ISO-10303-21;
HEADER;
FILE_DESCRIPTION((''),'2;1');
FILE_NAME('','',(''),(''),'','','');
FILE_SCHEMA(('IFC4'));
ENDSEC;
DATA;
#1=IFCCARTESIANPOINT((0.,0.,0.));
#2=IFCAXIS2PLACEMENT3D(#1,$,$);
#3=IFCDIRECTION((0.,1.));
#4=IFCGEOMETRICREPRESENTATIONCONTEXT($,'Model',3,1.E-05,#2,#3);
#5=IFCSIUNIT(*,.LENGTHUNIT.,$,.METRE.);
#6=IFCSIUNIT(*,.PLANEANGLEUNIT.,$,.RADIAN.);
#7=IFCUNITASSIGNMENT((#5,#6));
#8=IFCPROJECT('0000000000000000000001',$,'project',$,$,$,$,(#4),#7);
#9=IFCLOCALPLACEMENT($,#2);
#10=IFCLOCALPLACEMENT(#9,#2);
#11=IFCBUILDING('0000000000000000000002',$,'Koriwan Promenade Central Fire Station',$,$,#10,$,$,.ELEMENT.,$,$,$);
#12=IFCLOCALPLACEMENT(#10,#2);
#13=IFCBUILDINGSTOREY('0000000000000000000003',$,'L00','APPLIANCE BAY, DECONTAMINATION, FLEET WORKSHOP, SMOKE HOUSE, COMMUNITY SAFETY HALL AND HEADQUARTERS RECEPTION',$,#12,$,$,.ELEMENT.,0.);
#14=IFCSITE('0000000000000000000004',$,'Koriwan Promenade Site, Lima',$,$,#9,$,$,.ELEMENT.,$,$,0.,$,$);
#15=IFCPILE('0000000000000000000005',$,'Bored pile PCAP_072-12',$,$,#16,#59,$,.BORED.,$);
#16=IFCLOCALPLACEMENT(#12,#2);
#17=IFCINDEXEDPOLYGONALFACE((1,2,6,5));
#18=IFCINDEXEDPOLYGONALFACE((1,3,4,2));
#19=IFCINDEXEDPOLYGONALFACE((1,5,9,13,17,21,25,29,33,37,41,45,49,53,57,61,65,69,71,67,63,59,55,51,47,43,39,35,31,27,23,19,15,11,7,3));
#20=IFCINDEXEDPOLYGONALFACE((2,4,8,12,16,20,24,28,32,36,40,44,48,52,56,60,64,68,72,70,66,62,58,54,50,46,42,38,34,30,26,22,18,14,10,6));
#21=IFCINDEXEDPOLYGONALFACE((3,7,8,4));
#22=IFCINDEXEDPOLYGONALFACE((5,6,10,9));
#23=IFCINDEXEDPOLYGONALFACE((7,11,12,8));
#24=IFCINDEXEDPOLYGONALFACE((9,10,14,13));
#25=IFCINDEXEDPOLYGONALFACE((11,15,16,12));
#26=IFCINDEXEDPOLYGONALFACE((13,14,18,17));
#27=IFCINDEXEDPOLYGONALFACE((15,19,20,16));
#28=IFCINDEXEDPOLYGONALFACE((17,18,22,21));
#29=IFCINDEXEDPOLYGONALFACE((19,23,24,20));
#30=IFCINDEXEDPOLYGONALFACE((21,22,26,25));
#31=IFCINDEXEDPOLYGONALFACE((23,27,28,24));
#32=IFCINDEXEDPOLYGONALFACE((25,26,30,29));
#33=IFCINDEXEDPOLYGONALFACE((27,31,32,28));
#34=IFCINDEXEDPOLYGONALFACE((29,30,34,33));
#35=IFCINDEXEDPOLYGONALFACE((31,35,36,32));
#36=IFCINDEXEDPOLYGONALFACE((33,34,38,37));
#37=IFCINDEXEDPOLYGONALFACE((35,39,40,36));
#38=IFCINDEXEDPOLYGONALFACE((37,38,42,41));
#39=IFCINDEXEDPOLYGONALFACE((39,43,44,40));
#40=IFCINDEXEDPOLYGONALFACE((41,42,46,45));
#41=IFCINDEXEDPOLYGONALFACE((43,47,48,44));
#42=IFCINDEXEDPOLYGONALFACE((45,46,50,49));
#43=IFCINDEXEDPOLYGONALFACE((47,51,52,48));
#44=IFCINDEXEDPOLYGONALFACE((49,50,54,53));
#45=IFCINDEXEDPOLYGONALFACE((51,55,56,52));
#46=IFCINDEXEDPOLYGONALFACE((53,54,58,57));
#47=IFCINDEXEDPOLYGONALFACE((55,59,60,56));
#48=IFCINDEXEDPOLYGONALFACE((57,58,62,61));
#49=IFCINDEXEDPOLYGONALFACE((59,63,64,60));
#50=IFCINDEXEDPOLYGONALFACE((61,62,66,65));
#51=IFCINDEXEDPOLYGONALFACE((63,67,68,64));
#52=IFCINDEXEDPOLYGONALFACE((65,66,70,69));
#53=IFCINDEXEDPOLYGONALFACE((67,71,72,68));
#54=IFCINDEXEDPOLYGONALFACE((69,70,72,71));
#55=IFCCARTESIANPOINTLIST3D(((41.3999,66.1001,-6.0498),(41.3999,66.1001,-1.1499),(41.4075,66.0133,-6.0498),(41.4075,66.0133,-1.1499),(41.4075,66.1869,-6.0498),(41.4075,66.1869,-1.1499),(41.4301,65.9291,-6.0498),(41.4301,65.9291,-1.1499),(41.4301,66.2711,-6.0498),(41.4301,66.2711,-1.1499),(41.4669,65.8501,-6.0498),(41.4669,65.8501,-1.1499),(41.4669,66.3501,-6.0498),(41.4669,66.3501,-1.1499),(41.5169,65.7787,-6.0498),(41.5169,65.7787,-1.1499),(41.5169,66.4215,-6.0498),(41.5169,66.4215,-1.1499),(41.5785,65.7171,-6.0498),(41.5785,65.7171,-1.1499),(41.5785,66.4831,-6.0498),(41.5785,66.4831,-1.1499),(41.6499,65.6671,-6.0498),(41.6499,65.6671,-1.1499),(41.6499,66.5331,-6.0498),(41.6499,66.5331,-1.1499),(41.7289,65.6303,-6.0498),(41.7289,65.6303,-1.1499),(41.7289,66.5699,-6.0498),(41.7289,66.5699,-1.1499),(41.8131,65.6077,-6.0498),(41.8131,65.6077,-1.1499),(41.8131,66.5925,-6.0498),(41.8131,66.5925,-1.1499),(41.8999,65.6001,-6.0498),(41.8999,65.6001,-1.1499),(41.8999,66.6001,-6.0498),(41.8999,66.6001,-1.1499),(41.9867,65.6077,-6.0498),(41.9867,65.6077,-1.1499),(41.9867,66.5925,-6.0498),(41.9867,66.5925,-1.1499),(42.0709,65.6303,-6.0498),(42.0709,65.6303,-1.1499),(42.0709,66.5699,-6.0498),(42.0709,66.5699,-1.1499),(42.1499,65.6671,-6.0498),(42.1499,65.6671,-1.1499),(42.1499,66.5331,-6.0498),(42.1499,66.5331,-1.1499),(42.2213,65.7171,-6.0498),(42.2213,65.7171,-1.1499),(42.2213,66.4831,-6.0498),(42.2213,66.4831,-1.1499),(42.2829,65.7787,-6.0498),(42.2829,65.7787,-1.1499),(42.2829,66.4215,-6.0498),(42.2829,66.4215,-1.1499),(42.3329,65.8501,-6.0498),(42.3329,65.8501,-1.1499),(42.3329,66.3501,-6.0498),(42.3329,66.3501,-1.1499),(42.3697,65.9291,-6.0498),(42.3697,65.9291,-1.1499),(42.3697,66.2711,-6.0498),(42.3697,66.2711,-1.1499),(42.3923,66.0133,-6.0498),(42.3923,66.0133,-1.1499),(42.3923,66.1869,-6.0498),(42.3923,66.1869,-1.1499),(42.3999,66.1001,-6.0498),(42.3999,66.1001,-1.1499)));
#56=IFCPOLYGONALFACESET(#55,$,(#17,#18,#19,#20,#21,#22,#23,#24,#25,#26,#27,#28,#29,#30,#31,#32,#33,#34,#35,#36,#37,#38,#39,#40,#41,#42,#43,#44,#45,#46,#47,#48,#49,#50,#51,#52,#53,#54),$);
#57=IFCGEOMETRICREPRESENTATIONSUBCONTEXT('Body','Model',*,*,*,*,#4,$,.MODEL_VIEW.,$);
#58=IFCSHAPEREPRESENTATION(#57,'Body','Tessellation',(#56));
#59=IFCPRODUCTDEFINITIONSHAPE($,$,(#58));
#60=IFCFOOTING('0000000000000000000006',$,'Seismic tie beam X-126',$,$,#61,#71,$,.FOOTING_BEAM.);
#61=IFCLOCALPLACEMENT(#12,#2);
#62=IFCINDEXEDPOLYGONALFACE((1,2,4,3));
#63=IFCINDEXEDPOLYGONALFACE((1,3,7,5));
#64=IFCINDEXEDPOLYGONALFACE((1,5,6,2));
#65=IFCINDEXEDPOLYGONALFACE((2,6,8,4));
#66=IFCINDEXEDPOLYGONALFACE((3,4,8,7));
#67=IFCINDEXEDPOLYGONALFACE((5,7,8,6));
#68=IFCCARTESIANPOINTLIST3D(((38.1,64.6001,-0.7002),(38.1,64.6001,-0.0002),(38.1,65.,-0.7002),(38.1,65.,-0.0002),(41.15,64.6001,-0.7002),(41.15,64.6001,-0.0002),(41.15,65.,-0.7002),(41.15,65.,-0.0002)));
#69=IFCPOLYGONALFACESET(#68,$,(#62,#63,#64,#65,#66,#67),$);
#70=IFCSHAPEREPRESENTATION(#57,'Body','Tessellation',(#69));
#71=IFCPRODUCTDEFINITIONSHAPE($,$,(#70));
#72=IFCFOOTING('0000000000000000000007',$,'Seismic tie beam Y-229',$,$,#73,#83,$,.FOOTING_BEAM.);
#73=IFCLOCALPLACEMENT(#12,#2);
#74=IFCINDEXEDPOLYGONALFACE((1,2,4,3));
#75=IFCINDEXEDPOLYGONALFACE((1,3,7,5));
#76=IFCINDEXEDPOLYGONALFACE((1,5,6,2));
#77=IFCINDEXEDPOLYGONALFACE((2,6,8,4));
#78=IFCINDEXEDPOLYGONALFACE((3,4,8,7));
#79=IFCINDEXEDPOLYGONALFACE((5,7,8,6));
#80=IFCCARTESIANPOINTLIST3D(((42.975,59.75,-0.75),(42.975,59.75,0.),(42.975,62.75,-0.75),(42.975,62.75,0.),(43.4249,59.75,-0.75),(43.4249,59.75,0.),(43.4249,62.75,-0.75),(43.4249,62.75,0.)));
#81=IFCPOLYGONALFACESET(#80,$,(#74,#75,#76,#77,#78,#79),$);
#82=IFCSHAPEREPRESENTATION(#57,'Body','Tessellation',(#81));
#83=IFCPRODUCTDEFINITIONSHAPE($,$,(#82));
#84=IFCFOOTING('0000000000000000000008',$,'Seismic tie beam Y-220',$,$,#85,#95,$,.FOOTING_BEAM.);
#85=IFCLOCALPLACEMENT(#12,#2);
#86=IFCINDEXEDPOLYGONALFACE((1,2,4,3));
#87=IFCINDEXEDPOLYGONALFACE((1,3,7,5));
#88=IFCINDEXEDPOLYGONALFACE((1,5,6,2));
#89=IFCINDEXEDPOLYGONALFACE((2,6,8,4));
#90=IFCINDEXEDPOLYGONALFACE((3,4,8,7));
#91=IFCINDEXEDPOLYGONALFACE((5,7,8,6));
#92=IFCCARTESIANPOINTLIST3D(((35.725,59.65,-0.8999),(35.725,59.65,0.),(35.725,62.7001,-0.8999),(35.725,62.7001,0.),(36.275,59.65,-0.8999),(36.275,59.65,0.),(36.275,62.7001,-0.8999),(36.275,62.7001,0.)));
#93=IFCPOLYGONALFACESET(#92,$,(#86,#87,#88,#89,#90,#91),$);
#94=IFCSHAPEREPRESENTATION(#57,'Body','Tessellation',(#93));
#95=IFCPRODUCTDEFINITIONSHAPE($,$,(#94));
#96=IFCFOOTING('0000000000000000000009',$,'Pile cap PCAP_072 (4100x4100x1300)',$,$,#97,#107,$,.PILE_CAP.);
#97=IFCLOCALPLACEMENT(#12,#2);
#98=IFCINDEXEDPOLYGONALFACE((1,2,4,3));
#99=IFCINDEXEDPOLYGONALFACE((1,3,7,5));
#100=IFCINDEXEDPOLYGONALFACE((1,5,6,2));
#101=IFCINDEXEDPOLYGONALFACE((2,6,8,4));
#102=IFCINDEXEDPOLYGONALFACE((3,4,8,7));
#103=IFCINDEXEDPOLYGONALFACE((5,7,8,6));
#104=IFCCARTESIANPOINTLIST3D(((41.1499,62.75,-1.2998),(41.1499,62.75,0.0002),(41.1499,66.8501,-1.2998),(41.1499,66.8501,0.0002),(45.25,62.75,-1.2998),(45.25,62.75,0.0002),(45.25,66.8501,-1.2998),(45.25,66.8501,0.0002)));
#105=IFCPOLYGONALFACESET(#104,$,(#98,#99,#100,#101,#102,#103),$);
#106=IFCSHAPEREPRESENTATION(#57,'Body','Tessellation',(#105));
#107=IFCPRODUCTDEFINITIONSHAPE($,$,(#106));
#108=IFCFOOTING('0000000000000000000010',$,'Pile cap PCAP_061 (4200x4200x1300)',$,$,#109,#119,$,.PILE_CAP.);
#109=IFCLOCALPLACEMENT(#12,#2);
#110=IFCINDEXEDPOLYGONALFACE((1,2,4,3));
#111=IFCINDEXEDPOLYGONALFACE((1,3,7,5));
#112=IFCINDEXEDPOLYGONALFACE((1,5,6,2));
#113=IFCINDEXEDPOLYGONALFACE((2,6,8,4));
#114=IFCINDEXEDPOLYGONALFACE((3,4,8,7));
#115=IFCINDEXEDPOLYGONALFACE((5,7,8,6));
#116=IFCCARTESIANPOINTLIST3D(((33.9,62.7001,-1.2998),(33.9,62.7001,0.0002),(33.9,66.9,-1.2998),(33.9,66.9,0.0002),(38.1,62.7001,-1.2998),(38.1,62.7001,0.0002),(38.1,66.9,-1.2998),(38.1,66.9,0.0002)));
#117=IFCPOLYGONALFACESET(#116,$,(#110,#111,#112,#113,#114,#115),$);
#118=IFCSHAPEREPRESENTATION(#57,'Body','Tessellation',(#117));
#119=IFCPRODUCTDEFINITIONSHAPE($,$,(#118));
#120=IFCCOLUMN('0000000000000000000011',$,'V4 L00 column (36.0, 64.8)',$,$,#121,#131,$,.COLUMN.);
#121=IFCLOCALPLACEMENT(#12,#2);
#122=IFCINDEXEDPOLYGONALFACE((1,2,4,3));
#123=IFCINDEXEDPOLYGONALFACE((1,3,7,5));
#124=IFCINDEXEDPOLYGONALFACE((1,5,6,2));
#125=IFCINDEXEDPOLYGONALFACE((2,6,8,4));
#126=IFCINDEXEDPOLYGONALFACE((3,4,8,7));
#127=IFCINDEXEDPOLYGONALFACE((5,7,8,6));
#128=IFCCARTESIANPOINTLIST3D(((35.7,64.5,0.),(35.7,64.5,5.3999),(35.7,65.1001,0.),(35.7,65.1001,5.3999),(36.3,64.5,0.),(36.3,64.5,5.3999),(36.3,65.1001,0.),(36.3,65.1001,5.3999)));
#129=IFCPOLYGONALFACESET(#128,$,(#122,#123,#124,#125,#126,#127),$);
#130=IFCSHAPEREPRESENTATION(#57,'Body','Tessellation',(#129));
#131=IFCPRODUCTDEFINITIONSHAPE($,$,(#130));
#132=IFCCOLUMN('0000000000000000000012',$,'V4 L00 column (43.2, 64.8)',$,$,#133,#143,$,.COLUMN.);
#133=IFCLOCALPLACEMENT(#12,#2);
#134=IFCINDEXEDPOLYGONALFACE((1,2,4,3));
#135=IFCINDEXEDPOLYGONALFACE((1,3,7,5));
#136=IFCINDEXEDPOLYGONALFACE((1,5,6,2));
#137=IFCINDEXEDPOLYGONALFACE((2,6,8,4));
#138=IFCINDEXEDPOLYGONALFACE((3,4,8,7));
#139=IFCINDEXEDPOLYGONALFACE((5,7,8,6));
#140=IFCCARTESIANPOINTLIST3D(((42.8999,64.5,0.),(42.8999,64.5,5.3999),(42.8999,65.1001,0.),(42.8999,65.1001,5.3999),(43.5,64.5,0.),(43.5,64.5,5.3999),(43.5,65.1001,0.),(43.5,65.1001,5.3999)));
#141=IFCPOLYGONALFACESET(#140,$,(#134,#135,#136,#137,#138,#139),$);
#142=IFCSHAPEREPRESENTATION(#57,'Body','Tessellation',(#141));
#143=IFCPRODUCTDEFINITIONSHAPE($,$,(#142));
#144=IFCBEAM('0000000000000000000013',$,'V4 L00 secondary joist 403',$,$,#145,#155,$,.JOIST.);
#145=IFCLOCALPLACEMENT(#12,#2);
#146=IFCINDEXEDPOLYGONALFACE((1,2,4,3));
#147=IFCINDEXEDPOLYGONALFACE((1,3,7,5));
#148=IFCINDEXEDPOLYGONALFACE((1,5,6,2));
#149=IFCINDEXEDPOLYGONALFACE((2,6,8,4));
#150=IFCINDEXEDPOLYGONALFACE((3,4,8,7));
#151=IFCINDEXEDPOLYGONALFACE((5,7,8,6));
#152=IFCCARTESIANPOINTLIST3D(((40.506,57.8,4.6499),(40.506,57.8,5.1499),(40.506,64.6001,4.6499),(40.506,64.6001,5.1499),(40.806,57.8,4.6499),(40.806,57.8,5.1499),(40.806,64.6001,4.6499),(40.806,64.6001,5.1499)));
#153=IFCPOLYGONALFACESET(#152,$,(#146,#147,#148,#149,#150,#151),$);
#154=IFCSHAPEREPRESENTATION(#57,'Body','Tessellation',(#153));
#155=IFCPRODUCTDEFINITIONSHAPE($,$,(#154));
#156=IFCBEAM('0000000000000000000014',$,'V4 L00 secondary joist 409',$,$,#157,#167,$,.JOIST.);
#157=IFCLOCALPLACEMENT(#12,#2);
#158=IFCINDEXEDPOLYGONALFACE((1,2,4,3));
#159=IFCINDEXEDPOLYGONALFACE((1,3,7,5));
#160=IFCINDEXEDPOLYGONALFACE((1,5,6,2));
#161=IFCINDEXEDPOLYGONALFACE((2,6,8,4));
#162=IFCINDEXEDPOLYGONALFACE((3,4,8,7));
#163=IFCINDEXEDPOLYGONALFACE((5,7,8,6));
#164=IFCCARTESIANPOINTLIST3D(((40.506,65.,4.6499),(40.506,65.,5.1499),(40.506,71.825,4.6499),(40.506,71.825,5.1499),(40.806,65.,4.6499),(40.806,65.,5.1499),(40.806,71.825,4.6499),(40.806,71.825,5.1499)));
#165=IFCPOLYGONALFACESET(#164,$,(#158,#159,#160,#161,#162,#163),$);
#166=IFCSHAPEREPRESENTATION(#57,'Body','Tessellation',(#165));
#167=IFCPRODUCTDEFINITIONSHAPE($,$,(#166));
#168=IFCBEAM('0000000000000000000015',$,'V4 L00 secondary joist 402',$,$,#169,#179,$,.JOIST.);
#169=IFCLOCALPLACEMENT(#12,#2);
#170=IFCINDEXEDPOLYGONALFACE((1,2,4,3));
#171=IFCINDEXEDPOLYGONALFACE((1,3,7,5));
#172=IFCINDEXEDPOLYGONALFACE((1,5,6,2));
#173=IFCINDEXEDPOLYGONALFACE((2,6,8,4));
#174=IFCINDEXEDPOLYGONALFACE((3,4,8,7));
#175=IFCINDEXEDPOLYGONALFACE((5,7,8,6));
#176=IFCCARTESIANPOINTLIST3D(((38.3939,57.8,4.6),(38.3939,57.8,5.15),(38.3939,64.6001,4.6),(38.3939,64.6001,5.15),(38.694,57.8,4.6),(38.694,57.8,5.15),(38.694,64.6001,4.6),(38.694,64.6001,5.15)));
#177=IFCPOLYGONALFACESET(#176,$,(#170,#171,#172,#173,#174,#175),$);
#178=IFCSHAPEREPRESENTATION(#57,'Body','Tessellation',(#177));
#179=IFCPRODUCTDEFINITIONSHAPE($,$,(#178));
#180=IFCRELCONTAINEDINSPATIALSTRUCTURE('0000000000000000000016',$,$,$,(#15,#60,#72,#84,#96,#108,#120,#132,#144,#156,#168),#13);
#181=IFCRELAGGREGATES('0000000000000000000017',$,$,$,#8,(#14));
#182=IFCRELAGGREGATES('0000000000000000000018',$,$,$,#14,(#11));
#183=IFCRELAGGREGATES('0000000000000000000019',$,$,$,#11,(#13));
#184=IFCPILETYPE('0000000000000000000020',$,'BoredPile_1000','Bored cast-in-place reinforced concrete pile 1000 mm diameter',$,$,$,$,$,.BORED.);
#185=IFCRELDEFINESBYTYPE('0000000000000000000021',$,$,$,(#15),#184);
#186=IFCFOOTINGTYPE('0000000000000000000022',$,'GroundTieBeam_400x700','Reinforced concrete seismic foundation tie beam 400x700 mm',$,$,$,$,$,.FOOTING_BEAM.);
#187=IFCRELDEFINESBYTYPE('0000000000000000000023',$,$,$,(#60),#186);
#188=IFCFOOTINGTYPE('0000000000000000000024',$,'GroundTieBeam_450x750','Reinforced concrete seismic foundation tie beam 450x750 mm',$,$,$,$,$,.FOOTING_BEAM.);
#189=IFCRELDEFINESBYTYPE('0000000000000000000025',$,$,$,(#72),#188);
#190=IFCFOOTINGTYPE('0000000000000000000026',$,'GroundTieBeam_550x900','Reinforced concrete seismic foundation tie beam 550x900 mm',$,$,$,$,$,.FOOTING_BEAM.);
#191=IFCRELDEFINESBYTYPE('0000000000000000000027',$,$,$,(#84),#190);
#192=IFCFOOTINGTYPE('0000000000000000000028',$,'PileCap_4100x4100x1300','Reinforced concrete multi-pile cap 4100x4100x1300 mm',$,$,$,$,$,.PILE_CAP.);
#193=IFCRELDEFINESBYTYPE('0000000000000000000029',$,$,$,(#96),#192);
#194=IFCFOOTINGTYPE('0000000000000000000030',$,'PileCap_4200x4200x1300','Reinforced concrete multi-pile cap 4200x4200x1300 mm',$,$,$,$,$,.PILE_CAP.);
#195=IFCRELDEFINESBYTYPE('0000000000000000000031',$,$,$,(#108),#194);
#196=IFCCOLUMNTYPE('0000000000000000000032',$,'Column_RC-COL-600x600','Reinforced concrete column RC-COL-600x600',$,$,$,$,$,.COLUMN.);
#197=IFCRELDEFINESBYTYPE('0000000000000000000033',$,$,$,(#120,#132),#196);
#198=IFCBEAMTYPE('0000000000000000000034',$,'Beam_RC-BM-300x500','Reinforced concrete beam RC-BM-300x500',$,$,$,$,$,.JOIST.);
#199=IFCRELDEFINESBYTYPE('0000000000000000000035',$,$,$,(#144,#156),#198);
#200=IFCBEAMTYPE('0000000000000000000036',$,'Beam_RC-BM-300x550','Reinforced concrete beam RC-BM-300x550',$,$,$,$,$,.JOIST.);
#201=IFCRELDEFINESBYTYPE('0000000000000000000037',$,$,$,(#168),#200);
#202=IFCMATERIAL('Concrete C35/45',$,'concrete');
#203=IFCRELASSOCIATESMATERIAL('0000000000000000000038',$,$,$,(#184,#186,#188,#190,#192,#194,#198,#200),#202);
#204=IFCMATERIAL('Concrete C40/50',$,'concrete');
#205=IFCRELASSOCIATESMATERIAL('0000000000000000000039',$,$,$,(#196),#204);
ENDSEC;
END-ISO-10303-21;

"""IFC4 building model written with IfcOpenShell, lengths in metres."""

from ifc_helpers import new_model, si_unit, direction, frame, origin, origin_2d, place, context, subcontext, project, spatial, rectangle, circle, extrude, material, material_profile, profile_set, type_object, element, save


model = new_model("IFC4")

# Units and contexts
model_context = context("Model", 3, precision=1e-05, world=origin(), true_north=direction((0.0, 1.0)))
body_context = subcontext(model_context, "Body", "Model", "MODEL_VIEW")
ifc_project = project(units=[si_unit("LENGTHUNIT", "METRE"), si_unit("PLANEANGLEUNIT", "RADIAN")], contexts=[model_context])

# Site, building, storey
site_placement = place(None, origin())
site = spatial("IfcSite", under=ifc_project, at=site_placement, Name="Koriwan Promenade Site, Lima", CompositionType="ELEMENT", RefElevation=0.0)
building_placement = place(site_placement, origin())
building = spatial("IfcBuilding", under=site, at=building_placement, Name="Koriwan Promenade Central Fire Station", CompositionType="ELEMENT")
storey_placement = place(building_placement, origin())
storey = spatial("IfcBuildingStorey", under=building, at=storey_placement, Name="L00", Description="APPLIANCE BAY, DECONTAMINATION, FLEET WORKSHOP, SMOKE HOUSE, COMMUNITY SAFETY HALL AND HEADQUARTERS RECEPTION", CompositionType="ELEMENT", Elevation=0.0)

# Pile
ifc_material_1 = material(Name="Concrete C35/45", Category="concrete")
ifc_material_profile_1 = material_profile(ifc_material_1, circle(Radius=0.5, at=origin_2d()), Name="PILE-D1000")
ifc_profile_set_1 = profile_set([ifc_material_profile_1], Name="Concrete C35/45")
pile_type = type_object("IfcPileType", Name="BoredPile_1000", Description="Bored cast-in-place reinforced concrete pile 1000 mm diameter", PredefinedType="BORED", material=ifc_profile_set_1)
for number, where, z_axis, x_axis, name in (
    (1, (41.8999, 66.1001, -1.1499), (0.0, 0.0, -1.0), (1.0, 0.0, 0.0), "Bored pile PCAP_072-12"),
):
    element("IfcPile", number, at=place(storey_placement, frame(where, z_axis=z_axis, x_axis=x_axis)), inside=storey, type_object=pile_type, Name=name, PredefinedType="BORED", context=body_context, shape_type="SweptSolid", body=[
        extrude(circle(Radius=0.5, at=origin_2d()), origin(), (0.0, 0.0, 1.0), 4.8999),
    ])

# Footings
footing_type_1 = type_object("IfcFootingType", Name="GroundTieBeam_400x700", Description="Reinforced concrete seismic foundation tie beam 400x700 mm", PredefinedType="FOOTING_BEAM", material=ifc_material_1)
footing_1_placement = place(storey_placement, frame((39.625, 64.8, -0.7002), z_axis=(0.0, 0.0, 1.0), x_axis=(1.0, 0.0, 0.0)))
element("IfcFooting", 2, at=footing_1_placement, inside=storey, type_object=footing_type_1, Name="Seismic tie beam X-126", PredefinedType="FOOTING_BEAM", context=body_context, shape_type="SweptSolid", body=[
    extrude(rectangle(XDim=3.05, YDim=0.3999, at=origin_2d()), origin(), (0.0, 0.0, 1.0), 0.7),
])
footing_type_2 = type_object("IfcFootingType", Name="GroundTieBeam_450x750", Description="Reinforced concrete seismic foundation tie beam 450x750 mm", PredefinedType="FOOTING_BEAM", material=ifc_material_1)
footing_2_placement = place(storey_placement, frame((43.2, 61.25, -0.75), z_axis=(0.0, 0.0, 1.0), x_axis=(0.0, 1.0, 0.0)))
element("IfcFooting", 3, at=footing_2_placement, inside=storey, type_object=footing_type_2, Name="Seismic tie beam Y-229", PredefinedType="FOOTING_BEAM", context=body_context, shape_type="SweptSolid", body=[
    extrude(rectangle(XDim=3.0, YDim=0.45, at=origin_2d()), origin(), (0.0, 0.0, 1.0), 0.75),
])
footing_type_3 = type_object("IfcFootingType", Name="GroundTieBeam_550x900", Description="Reinforced concrete seismic foundation tie beam 550x900 mm", PredefinedType="FOOTING_BEAM", material=ifc_material_1)
footing_3_placement = place(storey_placement, frame((36.0, 61.175, -0.8999), z_axis=(0.0, 0.0, 1.0), x_axis=(0.0, 1.0, 0.0)))
element("IfcFooting", 4, at=footing_3_placement, inside=storey, type_object=footing_type_3, Name="Seismic tie beam Y-220", PredefinedType="FOOTING_BEAM", context=body_context, shape_type="SweptSolid", body=[
    extrude(rectangle(XDim=3.05, YDim=0.55, at=origin_2d()), origin(), (0.0, 0.0, 1.0), 0.8999),
])
footing_type_4 = type_object("IfcFootingType", Name="PileCap_4100x4100x1300", Description="Reinforced concrete multi-pile cap 4100x4100x1300 mm", PredefinedType="PILE_CAP", material=ifc_material_1)
footing_4_placement = place(storey_placement, frame((43.2, 64.8, -1.2998), z_axis=(0.0, 0.0, 1.0), x_axis=(1.0, 0.0, 0.0)))
element("IfcFooting", 5, at=footing_4_placement, inside=storey, type_object=footing_type_4, Name="Pile cap PCAP_072 (4100x4100x1300)", PredefinedType="PILE_CAP", context=body_context, shape_type="SweptSolid", body=[
    extrude(rectangle(XDim=4.1001, YDim=4.1001, at=origin_2d()), origin(), (0.0, 0.0, 1.0), 1.3),
])
footing_type_5 = type_object("IfcFootingType", Name="PileCap_4200x4200x1300", Description="Reinforced concrete multi-pile cap 4200x4200x1300 mm", PredefinedType="PILE_CAP", material=ifc_material_1)
footing_5_placement = place(storey_placement, frame((36.0, 64.8, -1.2998), z_axis=(0.0, 0.0, 1.0), x_axis=(1.0, 0.0, 0.0)))
element("IfcFooting", 6, at=footing_5_placement, inside=storey, type_object=footing_type_5, Name="Pile cap PCAP_061 (4200x4200x1300)", PredefinedType="PILE_CAP", context=body_context, shape_type="SweptSolid", body=[
    extrude(rectangle(XDim=4.2, YDim=4.2, at=origin_2d()), origin(), (0.0, 0.0, 1.0), 1.3),
])

# Columns
ifc_material_2 = material(Name="Concrete C40/50", Category="concrete")
ifc_material_profile_2 = material_profile(ifc_material_2, rectangle(XDim=0.6001, YDim=0.6001, at=origin_2d()), Name="RC-COL-600x600")
ifc_profile_set_2 = profile_set([ifc_material_profile_2], Name="Concrete C40/50")
column_type = type_object("IfcColumnType", Name="Column_RC-COL-600x600", Description="Reinforced concrete column RC-COL-600x600", PredefinedType="COLUMN", material=ifc_profile_set_2)
for number, where, z_axis, x_axis, name in (
    (7, (36.0, 64.8, 0.0), (0.0, 0.0, 1.0), (1.0, 0.0, 0.0), "V4 L00 column (36.0, 64.8)"),
    (8, (43.2, 64.8, 0.0), (0.0, 0.0, 1.0), (1.0, 0.0, 0.0), "V4 L00 column (43.2, 64.8)"),
):
    element("IfcColumn", number, at=place(storey_placement, frame(where, z_axis=z_axis, x_axis=x_axis)), inside=storey, type_object=column_type, Name=name, PredefinedType="COLUMN", context=body_context, shape_type="SweptSolid", body=[
        extrude(rectangle(XDim=0.6001, YDim=0.6001, at=origin_2d()), origin(), (0.0, 0.0, 1.0), 5.3999),
    ])

# Beams
ifc_material_profile_3 = material_profile(ifc_material_1, rectangle(XDim=0.3, YDim=0.5, at=origin_2d()), Name="RC-BM-300x500")
ifc_profile_set_3 = profile_set([ifc_material_profile_3], Name="Concrete C35/45")
beam_type_1 = type_object("IfcBeamType", Name="Beam_RC-BM-300x500", Description="Reinforced concrete beam RC-BM-300x500", PredefinedType="JOIST", material=ifc_profile_set_3)
beam_1_placement = place(storey_placement, frame((40.656, 57.8, 4.8999), z_axis=(0.0, 1.0, 0.0), x_axis=(-1.0, 0.0, 0.0)))
element("IfcBeam", 9, at=beam_1_placement, inside=storey, type_object=beam_type_1, Name="V4 L00 secondary joist 403", PredefinedType="JOIST", context=body_context, shape_type="SweptSolid", body=[
    extrude(rectangle(XDim=0.3, YDim=0.5, at=origin_2d()), origin(), (0.0, 0.0, 1.0), 6.8),
])
beam_2_placement = place(storey_placement, frame((40.656, 65.0, 4.8999), z_axis=(0.0, 1.0, 0.0), x_axis=(-1.0, 0.0, 0.0)))
element("IfcBeam", 10, at=beam_2_placement, inside=storey, type_object=beam_type_1, Name="V4 L00 secondary joist 409", PredefinedType="JOIST", context=body_context, shape_type="SweptSolid", body=[
    extrude(rectangle(XDim=0.3, YDim=0.5, at=origin_2d()), origin(), (0.0, 0.0, 1.0), 6.825),
])
ifc_material_profile_4 = material_profile(ifc_material_1, rectangle(XDim=0.3, YDim=0.55, at=origin_2d()), Name="RC-BM-300x550")
ifc_profile_set_4 = profile_set([ifc_material_profile_4], Name="Concrete C35/45")
beam_type_2 = type_object("IfcBeamType", Name="Beam_RC-BM-300x550", Description="Reinforced concrete beam RC-BM-300x550", PredefinedType="JOIST", material=ifc_profile_set_4)
beam_3_placement = place(storey_placement, frame((38.5439, 57.8, 4.875), z_axis=(0.0, 1.0, 0.0), x_axis=(-1.0, 0.0, 0.0)))
element("IfcBeam", 11, at=beam_3_placement, inside=storey, type_object=beam_type_2, Name="V4 L00 secondary joist 402", PredefinedType="JOIST", context=body_context, shape_type="SweptSolid", body=[
    extrude(rectangle(XDim=0.3, YDim=0.55, at=origin_2d()), origin(), (0.0, 0.0, 1.0), 6.8),
])

save(model, "model.ifc")
